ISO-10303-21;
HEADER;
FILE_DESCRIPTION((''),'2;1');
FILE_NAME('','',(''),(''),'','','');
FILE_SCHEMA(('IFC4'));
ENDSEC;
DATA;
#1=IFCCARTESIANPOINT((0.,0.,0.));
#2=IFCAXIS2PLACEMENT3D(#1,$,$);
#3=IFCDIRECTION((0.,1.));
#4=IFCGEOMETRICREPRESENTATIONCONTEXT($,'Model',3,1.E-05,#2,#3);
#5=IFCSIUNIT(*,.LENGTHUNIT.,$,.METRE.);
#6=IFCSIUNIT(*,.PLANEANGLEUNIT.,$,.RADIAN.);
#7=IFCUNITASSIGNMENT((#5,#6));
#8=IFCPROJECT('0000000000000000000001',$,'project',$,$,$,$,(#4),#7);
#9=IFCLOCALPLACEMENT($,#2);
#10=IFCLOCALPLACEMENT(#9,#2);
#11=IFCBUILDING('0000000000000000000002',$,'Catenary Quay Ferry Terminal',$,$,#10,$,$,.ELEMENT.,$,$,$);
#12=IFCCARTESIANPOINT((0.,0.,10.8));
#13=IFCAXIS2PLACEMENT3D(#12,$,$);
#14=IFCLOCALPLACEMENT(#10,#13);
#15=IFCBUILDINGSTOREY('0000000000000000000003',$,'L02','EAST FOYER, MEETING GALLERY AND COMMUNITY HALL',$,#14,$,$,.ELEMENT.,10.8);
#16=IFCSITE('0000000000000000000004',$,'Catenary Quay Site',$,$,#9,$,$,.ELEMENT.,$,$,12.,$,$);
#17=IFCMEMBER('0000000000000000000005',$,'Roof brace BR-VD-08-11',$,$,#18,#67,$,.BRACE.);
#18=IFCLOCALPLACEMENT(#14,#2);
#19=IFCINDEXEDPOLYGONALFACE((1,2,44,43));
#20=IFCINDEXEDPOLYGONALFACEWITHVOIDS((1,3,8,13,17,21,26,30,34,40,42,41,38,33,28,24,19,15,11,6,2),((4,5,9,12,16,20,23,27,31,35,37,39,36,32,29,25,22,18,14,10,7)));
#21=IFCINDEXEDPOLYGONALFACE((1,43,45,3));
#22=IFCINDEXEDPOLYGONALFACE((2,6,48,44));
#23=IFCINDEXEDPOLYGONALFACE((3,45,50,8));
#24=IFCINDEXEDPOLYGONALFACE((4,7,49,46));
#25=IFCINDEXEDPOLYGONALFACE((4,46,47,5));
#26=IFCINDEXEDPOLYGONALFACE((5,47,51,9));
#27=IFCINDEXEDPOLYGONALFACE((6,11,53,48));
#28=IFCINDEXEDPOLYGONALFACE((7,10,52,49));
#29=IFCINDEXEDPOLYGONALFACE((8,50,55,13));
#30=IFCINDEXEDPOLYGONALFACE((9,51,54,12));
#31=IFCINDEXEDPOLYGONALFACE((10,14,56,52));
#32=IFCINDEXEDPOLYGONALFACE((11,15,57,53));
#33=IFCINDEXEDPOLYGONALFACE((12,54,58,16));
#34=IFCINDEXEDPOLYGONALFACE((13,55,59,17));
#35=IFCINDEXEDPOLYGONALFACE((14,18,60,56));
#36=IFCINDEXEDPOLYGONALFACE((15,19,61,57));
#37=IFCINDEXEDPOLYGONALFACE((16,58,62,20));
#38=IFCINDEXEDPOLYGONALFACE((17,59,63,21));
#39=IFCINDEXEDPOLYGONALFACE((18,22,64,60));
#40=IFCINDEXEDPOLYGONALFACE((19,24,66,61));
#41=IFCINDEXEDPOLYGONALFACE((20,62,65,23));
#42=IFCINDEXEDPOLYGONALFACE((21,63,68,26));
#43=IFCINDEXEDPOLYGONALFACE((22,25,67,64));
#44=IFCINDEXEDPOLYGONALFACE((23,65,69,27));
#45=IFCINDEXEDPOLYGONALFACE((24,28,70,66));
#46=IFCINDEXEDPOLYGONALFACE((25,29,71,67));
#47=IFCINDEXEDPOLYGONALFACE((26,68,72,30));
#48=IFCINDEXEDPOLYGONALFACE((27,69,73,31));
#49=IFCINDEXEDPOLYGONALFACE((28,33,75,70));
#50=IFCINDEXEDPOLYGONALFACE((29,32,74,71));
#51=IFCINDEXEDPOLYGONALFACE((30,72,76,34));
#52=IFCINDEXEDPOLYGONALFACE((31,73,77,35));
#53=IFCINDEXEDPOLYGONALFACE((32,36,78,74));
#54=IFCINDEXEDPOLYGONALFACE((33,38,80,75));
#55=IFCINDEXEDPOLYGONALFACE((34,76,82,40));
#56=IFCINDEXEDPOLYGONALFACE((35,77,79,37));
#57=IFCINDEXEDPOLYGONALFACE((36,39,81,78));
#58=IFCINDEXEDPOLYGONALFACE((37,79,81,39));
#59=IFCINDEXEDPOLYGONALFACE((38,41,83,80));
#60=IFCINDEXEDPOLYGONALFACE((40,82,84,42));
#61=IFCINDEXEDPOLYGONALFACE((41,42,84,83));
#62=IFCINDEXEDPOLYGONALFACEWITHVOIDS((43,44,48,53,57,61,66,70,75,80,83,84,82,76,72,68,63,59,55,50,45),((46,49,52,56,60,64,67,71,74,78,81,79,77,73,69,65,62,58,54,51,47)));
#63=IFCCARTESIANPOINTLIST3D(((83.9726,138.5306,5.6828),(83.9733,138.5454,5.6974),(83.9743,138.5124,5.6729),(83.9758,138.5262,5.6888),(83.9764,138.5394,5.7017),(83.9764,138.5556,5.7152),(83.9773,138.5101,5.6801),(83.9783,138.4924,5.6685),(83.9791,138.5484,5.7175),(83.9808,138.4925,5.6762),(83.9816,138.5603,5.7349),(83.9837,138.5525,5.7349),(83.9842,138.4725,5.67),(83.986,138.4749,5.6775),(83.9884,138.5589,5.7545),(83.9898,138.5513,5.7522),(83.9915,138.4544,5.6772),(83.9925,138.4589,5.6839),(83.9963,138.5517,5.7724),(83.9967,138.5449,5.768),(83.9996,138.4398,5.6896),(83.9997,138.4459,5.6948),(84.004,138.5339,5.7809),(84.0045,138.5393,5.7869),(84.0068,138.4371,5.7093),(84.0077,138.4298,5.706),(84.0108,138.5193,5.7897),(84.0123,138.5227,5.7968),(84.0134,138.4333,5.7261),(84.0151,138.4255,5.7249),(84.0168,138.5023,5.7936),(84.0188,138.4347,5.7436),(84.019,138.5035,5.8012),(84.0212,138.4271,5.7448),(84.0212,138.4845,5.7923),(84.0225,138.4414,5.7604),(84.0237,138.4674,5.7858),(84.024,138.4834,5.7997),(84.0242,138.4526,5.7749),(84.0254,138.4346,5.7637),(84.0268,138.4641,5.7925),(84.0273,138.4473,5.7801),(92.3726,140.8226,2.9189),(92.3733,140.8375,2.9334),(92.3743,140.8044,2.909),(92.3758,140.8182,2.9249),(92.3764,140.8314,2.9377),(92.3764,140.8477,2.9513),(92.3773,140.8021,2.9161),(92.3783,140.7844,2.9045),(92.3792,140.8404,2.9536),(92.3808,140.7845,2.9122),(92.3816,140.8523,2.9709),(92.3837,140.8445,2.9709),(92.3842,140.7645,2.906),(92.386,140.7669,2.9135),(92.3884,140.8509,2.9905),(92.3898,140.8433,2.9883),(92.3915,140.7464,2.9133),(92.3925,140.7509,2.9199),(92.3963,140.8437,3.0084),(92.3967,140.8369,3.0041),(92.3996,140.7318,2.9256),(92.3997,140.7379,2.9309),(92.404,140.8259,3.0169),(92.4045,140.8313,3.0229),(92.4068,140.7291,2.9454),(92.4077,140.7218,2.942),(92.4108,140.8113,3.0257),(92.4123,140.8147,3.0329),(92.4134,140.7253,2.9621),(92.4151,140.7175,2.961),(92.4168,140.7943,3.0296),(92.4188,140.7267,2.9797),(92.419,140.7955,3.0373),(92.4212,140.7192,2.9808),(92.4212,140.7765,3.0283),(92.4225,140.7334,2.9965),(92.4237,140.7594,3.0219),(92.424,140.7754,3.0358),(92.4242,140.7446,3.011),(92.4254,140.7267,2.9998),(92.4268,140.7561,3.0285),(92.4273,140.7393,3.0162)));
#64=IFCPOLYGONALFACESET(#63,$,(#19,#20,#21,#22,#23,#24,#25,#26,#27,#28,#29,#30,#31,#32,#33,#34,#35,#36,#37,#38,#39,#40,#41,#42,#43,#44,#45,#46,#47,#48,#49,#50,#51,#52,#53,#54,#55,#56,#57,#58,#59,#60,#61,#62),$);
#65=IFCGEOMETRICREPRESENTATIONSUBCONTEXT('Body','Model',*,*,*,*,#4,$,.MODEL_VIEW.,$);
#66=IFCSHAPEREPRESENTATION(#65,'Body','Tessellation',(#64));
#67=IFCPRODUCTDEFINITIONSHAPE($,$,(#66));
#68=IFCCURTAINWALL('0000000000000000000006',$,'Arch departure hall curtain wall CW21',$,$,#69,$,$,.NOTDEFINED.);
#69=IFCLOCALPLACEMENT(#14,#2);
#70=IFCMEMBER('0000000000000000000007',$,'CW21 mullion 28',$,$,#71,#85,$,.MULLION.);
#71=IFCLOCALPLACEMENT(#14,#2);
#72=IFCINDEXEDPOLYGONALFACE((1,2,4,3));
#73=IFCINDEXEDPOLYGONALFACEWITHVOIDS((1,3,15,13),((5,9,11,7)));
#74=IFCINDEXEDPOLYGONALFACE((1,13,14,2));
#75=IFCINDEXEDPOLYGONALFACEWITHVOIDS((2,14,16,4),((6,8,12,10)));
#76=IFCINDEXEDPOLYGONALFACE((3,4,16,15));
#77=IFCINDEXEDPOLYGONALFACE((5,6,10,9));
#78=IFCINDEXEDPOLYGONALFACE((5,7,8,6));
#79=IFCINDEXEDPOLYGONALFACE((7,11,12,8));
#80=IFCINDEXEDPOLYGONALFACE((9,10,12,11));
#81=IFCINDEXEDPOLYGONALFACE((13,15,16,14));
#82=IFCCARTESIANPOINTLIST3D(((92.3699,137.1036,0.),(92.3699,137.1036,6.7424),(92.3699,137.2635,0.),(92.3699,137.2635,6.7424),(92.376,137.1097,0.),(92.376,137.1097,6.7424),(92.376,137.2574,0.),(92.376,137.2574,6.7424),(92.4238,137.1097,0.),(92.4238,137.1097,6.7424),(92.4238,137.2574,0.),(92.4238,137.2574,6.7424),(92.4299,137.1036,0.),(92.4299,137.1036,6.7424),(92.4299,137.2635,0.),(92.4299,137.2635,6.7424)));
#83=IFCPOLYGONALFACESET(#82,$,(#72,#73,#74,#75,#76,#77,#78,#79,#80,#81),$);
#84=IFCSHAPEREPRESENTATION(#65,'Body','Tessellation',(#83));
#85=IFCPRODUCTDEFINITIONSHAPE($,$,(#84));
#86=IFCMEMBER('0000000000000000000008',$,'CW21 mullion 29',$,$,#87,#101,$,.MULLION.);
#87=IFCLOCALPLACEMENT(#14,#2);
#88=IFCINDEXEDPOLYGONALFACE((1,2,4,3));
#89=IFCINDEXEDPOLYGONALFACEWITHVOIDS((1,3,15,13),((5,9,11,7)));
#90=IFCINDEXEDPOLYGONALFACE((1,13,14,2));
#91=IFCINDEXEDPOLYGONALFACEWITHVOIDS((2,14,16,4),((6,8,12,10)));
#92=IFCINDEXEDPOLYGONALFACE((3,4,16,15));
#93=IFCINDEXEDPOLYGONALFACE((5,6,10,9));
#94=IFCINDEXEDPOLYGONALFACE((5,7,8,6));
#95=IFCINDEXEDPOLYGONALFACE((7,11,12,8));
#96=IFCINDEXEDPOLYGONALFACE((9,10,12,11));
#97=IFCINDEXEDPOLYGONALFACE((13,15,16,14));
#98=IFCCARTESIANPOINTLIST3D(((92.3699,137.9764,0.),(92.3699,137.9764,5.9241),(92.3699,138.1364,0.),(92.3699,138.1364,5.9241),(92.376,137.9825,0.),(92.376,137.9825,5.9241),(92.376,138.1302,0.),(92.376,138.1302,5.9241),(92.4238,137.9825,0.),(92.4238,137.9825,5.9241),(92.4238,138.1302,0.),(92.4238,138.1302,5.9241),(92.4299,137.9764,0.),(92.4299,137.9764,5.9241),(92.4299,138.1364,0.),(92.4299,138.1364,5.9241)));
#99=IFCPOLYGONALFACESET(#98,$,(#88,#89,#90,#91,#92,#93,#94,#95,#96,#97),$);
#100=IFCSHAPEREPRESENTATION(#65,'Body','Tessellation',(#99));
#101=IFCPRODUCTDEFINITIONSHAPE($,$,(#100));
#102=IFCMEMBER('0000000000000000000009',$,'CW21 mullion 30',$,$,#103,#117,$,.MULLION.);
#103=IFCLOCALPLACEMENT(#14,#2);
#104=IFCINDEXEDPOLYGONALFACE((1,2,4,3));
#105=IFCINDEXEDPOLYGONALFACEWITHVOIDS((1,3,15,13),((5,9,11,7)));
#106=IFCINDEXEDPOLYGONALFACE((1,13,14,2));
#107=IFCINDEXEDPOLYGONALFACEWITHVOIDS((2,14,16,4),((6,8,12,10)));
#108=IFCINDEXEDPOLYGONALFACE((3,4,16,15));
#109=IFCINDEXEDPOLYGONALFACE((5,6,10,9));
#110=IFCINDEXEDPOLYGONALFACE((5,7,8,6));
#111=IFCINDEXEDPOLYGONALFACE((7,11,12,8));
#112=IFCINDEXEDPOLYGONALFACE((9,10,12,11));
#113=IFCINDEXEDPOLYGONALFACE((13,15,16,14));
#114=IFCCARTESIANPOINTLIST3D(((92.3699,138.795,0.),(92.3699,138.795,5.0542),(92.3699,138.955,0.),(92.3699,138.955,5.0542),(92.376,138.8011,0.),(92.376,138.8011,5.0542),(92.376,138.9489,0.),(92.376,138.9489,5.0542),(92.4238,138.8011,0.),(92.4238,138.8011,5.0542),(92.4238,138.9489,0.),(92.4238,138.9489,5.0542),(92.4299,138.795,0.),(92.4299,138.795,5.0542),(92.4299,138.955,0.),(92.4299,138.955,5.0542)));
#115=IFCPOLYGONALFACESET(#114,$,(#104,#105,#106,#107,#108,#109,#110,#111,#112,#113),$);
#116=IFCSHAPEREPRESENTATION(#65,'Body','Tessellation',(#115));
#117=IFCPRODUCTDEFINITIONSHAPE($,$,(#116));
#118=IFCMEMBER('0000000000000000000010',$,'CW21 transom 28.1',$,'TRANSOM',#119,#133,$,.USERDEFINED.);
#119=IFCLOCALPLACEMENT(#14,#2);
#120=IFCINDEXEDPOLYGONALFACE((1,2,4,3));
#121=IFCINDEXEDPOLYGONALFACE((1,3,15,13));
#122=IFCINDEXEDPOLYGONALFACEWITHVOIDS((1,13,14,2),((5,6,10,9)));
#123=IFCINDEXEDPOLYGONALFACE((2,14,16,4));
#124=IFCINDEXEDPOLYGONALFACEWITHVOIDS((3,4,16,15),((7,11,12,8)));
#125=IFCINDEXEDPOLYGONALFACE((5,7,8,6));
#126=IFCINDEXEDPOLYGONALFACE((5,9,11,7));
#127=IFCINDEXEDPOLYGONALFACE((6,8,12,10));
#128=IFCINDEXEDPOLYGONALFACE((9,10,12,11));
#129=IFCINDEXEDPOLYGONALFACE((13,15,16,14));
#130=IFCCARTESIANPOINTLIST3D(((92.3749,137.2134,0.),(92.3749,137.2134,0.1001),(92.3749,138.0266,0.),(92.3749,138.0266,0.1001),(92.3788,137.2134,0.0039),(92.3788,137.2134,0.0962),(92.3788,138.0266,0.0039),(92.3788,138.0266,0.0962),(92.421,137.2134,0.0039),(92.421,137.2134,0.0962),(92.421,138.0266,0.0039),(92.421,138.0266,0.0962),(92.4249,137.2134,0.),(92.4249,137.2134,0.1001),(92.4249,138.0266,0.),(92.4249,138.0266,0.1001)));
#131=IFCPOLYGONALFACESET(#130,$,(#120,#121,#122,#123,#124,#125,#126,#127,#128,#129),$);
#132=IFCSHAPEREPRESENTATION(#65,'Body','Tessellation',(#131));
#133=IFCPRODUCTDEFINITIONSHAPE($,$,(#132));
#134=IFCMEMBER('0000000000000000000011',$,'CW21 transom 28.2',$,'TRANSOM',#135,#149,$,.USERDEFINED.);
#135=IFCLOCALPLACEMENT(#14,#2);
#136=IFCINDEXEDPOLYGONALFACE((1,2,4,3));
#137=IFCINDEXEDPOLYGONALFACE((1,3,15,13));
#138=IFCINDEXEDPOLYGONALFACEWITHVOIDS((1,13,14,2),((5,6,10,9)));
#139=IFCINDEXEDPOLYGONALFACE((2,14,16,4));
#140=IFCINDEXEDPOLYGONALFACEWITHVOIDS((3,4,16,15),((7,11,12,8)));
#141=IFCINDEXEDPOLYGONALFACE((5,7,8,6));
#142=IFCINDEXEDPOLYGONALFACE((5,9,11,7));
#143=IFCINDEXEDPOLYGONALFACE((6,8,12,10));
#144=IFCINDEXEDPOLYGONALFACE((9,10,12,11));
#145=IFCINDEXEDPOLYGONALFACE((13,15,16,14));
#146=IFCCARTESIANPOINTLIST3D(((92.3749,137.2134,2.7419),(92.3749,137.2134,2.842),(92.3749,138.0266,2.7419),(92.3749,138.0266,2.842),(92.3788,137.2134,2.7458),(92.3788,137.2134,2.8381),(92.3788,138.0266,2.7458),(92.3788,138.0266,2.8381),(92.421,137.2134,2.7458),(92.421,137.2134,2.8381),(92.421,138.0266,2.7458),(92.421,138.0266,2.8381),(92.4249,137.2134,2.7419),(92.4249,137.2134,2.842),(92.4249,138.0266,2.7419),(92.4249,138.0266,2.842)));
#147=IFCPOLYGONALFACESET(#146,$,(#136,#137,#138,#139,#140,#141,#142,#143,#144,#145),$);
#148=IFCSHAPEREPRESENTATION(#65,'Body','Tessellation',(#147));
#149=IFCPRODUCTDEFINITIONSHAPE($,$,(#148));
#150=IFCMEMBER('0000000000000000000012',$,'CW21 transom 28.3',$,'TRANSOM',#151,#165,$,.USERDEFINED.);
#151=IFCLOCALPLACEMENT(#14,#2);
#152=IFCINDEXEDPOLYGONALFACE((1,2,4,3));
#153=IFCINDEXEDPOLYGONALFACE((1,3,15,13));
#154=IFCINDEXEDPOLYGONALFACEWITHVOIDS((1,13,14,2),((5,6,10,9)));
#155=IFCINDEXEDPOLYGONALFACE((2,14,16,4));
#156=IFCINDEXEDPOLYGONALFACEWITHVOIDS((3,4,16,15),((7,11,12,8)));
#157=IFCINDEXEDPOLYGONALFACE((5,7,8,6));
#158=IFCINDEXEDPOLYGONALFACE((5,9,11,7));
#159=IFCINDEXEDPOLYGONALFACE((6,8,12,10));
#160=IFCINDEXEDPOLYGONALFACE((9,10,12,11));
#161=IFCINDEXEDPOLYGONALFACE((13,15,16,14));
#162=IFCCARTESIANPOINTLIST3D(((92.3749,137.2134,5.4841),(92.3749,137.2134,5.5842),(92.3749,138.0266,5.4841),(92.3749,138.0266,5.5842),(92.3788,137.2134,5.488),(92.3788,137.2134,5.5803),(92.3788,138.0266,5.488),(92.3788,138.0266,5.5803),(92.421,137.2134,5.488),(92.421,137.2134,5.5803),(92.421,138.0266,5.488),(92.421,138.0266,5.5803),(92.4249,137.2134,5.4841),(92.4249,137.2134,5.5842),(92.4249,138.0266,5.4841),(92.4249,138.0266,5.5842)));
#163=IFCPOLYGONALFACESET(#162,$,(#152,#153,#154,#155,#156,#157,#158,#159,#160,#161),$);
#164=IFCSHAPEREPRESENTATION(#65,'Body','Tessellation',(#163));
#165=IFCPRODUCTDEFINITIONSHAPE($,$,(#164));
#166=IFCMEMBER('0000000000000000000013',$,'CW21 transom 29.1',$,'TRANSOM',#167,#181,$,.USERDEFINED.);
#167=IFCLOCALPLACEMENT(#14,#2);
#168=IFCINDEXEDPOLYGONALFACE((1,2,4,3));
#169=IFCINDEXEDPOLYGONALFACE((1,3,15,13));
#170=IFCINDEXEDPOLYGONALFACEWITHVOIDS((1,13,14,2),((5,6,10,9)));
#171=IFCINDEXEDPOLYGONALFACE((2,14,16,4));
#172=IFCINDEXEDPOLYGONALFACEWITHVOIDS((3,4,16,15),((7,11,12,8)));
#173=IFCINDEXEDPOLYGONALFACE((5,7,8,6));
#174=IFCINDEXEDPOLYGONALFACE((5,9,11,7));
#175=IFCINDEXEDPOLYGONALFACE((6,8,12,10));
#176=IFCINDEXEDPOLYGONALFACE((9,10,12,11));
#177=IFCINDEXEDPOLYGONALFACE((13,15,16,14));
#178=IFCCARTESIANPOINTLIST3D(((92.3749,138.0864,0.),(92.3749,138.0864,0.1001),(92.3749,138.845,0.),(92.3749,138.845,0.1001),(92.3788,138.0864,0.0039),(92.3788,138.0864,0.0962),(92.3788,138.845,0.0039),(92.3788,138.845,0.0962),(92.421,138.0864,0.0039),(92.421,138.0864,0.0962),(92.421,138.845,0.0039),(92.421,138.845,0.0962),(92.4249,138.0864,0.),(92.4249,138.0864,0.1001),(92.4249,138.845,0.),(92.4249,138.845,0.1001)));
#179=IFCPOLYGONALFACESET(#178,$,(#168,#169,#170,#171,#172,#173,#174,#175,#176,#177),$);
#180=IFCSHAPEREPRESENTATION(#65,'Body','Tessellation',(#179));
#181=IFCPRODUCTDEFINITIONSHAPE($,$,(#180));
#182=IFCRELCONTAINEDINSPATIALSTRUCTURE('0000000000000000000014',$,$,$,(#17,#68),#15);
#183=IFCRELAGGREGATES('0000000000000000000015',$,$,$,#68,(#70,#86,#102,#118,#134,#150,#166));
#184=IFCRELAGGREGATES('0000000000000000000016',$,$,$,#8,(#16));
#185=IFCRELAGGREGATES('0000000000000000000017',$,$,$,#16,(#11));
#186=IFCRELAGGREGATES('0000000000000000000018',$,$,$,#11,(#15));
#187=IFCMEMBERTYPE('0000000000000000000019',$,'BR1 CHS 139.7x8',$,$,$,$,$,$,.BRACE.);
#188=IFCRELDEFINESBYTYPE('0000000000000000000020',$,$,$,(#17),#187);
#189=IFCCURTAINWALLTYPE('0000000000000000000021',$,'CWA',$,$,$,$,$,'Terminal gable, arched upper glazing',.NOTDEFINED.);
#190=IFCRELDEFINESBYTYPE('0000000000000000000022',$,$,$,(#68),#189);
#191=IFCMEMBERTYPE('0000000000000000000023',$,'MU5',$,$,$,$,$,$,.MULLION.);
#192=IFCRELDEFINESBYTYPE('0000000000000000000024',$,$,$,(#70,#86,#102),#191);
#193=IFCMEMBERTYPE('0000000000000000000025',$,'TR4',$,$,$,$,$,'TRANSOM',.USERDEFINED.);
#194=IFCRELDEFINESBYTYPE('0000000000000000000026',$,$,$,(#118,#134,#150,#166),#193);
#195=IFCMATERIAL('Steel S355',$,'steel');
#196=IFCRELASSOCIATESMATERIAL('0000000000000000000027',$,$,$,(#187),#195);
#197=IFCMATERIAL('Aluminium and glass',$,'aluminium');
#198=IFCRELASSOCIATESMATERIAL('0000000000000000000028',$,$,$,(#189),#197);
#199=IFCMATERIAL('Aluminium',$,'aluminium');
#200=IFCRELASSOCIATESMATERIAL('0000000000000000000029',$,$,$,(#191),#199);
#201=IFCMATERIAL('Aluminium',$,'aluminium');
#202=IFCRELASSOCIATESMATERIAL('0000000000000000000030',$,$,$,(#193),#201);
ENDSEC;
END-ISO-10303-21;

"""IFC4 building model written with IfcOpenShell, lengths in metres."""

from ifc_helpers import new_model, si_unit, direction, frame, origin, origin_2d, place, context, subcontext, project, spatial, hollow_rectangle, hollow_circle, extrude, material, material_profile, profile_set, type_object, element, aggregate, save


model = new_model("IFC4")

# Units and contexts
model_context = context("Model", 3, precision=1e-05, world=origin(), true_north=direction((0.0, 1.0)))
body_context = subcontext(model_context, "Body", "Model", "MODEL_VIEW")
ifc_project = project(units=[si_unit("LENGTHUNIT", "METRE"), si_unit("PLANEANGLEUNIT", "RADIAN")], contexts=[model_context])

# Site, building, storey
site_placement = place(None, origin())
site = spatial("IfcSite", under=ifc_project, at=site_placement, Name="Catenary Quay Site", CompositionType="ELEMENT", RefElevation=12.0)
building_placement = place(site_placement, origin())
building = spatial("IfcBuilding", under=site, at=building_placement, Name="Catenary Quay Ferry Terminal", CompositionType="ELEMENT")
storey_placement = place(building_placement, frame((0.0, 0.0, 10.8)))
storey = spatial("IfcBuildingStorey", under=building, at=storey_placement, Name="L02", Description="EAST FOYER, MEETING GALLERY AND COMMUNITY HALL", CompositionType="ELEMENT", Elevation=10.8)

# Member
ifc_material_1 = material(Name="Steel S355", Category="steel")
ifc_material_profile_1 = material_profile(ifc_material_1, hollow_circle(Radius=0.0698, WallThickness=0.0081, at=origin_2d()), Name="CHS 139.7x8")
ifc_profile_set_1 = profile_set([ifc_material_profile_1], Name="Steel S355")
member_type_1 = type_object("IfcMemberType", Name="BR1 CHS 139.7x8", PredefinedType="BRACE", material=ifc_profile_set_1)
member_1_placement = place(storey_placement, frame((84.0, 138.4929, 5.7349), z_axis=(0.919515, 0.250898, -0.302559), x_axis=(-0.263236, 0.964731, 0.0)))
element("IfcMember", 1, at=member_1_placement, inside=storey, type_object=member_type_1, Name="Roof brace BR-VD-08-11", PredefinedType="BRACE", context=body_context, shape_type="SweptSolid", body=[
    extrude(hollow_circle(Radius=0.0698, WallThickness=0.0081, at=origin_2d()), origin(), (0.0, 0.0, 1.0), 9.1353),
])

# Curtain wall, members
ifc_material_2 = material(Name="Aluminium and glass", Category="aluminium")
curtain_wall_type = type_object("IfcCurtainWallType", Name="CWA", ElementType="Terminal gable, arched upper glazing", PredefinedType="NOTDEFINED", material=ifc_material_2)
curtain_wall_placement = place(storey_placement, origin())
curtain_wall = element("IfcCurtainWall", 2, at=curtain_wall_placement, inside=storey, type_object=curtain_wall_type, Name="Arch departure hall curtain wall CW21", PredefinedType="NOTDEFINED")
ifc_material_3 = material(Name="Aluminium", Category="aluminium")
ifc_material_profile_2 = material_profile(ifc_material_3, hollow_rectangle(XDim=0.0601, YDim=0.1599, WallThickness=0.0061, at=origin_2d()), Name="MU5")
ifc_profile_set_2 = profile_set([ifc_material_profile_2], Name="Aluminium")
member_type_2 = type_object("IfcMemberType", Name="MU5", PredefinedType="MULLION", material=ifc_profile_set_2)
member_2_placement = place(storey_placement, frame((92.3999, 137.1836, 0.0), z_axis=(0.0, 0.0, 1.0), x_axis=(-1.0, 0.0, 0.0)))
member_2 = element("IfcMember", 3, at=member_2_placement, type_object=member_type_2, Name="CW21 mullion 28", PredefinedType="MULLION", context=body_context, shape_type="SweptSolid", body=[
    extrude(hollow_rectangle(XDim=0.0601, YDim=0.1599, WallThickness=0.0061, at=origin_2d()), origin(), (0.0, 0.0, 1.0), 6.7424),
])
member_3_placement = place(storey_placement, frame((92.3999, 138.0564, 0.0), z_axis=(0.0, 0.0, 1.0), x_axis=(-1.0, 0.0, 0.0)))
member_3 = element("IfcMember", 4, at=member_3_placement, type_object=member_type_2, Name="CW21 mullion 29", PredefinedType="MULLION", context=body_context, shape_type="SweptSolid", body=[
    extrude(hollow_rectangle(XDim=0.0601, YDim=0.1599, WallThickness=0.0061, at=origin_2d()), origin(), (0.0, 0.0, 1.0), 5.9241),
])
member_4_placement = place(storey_placement, frame((92.3999, 138.875, 0.0), z_axis=(0.0, 0.0, 1.0), x_axis=(-1.0, 0.0, 0.0)))
member_4 = element("IfcMember", 5, at=member_4_placement, type_object=member_type_2, Name="CW21 mullion 30", PredefinedType="MULLION", context=body_context, shape_type="SweptSolid", body=[
    extrude(hollow_rectangle(XDim=0.0601, YDim=0.1599, WallThickness=0.0061, at=origin_2d()), origin(), (0.0, 0.0, 1.0), 5.0542),
])
ifc_material_4 = material(Name="Aluminium", Category="aluminium")
ifc_material_profile_3 = material_profile(ifc_material_4, hollow_rectangle(XDim=0.05, YDim=0.1001, WallThickness=0.0039, at=origin_2d()), Name="TR4")
ifc_profile_set_3 = profile_set([ifc_material_profile_3], Name="Aluminium")
member_type_3 = type_object("IfcMemberType", Name="TR4", ElementType="TRANSOM", PredefinedType="USERDEFINED", material=ifc_profile_set_3)
member_5_placement = place(storey_placement, frame((92.3999, 137.2134, 0.05), z_axis=(0.0, 1.0, 0.0), x_axis=(-1.0, 0.0, 0.0)))
member_5 = element("IfcMember", 6, at=member_5_placement, type_object=member_type_3, Name="CW21 transom 28.1", ObjectType="TRANSOM", PredefinedType="USERDEFINED", context=body_context, shape_type="SweptSolid", body=[
    extrude(hollow_rectangle(XDim=0.05, YDim=0.1001, WallThickness=0.0039, at=origin_2d()), origin(), (0.0, 0.0, 1.0), 0.8132),
])
member_6_placement = place(storey_placement, frame((92.3999, 137.2134, 2.792), z_axis=(0.0, 1.0, 0.0), x_axis=(-1.0, 0.0, 0.0)))
member_6 = element("IfcMember", 7, at=member_6_placement, type_object=member_type_3, Name="CW21 transom 28.2", ObjectType="TRANSOM", PredefinedType="USERDEFINED", context=body_context, shape_type="SweptSolid", body=[
    extrude(hollow_rectangle(XDim=0.05, YDim=0.1001, WallThickness=0.0039, at=origin_2d()), origin(), (0.0, 0.0, 1.0), 0.8132),
])
member_7_placement = place(storey_placement, frame((92.3999, 137.2134, 5.5342), z_axis=(0.0, 1.0, 0.0), x_axis=(-1.0, 0.0, 0.0)))
member_7 = element("IfcMember", 8, at=member_7_placement, type_object=member_type_3, Name="CW21 transom 28.3", ObjectType="TRANSOM", PredefinedType="USERDEFINED", context=body_context, shape_type="SweptSolid", body=[
    extrude(hollow_rectangle(XDim=0.05, YDim=0.1001, WallThickness=0.0039, at=origin_2d()), origin(), (0.0, 0.0, 1.0), 0.8132),
])
member_8_placement = place(storey_placement, frame((92.3999, 138.0864, 0.05), z_axis=(0.0, 1.0, 0.0), x_axis=(-1.0, 0.0, 0.0)))
member_8 = element("IfcMember", 9, at=member_8_placement, type_object=member_type_3, Name="CW21 transom 29.1", ObjectType="TRANSOM", PredefinedType="USERDEFINED", context=body_context, shape_type="SweptSolid", body=[
    extrude(hollow_rectangle(XDim=0.05, YDim=0.1001, WallThickness=0.0039, at=origin_2d()), origin(), (0.0, 0.0, 1.0), 0.7585),
])

aggregate(curtain_wall, [member_2, member_3, member_4, member_5, member_6, member_7, member_8])

save(model, "model.ifc")
